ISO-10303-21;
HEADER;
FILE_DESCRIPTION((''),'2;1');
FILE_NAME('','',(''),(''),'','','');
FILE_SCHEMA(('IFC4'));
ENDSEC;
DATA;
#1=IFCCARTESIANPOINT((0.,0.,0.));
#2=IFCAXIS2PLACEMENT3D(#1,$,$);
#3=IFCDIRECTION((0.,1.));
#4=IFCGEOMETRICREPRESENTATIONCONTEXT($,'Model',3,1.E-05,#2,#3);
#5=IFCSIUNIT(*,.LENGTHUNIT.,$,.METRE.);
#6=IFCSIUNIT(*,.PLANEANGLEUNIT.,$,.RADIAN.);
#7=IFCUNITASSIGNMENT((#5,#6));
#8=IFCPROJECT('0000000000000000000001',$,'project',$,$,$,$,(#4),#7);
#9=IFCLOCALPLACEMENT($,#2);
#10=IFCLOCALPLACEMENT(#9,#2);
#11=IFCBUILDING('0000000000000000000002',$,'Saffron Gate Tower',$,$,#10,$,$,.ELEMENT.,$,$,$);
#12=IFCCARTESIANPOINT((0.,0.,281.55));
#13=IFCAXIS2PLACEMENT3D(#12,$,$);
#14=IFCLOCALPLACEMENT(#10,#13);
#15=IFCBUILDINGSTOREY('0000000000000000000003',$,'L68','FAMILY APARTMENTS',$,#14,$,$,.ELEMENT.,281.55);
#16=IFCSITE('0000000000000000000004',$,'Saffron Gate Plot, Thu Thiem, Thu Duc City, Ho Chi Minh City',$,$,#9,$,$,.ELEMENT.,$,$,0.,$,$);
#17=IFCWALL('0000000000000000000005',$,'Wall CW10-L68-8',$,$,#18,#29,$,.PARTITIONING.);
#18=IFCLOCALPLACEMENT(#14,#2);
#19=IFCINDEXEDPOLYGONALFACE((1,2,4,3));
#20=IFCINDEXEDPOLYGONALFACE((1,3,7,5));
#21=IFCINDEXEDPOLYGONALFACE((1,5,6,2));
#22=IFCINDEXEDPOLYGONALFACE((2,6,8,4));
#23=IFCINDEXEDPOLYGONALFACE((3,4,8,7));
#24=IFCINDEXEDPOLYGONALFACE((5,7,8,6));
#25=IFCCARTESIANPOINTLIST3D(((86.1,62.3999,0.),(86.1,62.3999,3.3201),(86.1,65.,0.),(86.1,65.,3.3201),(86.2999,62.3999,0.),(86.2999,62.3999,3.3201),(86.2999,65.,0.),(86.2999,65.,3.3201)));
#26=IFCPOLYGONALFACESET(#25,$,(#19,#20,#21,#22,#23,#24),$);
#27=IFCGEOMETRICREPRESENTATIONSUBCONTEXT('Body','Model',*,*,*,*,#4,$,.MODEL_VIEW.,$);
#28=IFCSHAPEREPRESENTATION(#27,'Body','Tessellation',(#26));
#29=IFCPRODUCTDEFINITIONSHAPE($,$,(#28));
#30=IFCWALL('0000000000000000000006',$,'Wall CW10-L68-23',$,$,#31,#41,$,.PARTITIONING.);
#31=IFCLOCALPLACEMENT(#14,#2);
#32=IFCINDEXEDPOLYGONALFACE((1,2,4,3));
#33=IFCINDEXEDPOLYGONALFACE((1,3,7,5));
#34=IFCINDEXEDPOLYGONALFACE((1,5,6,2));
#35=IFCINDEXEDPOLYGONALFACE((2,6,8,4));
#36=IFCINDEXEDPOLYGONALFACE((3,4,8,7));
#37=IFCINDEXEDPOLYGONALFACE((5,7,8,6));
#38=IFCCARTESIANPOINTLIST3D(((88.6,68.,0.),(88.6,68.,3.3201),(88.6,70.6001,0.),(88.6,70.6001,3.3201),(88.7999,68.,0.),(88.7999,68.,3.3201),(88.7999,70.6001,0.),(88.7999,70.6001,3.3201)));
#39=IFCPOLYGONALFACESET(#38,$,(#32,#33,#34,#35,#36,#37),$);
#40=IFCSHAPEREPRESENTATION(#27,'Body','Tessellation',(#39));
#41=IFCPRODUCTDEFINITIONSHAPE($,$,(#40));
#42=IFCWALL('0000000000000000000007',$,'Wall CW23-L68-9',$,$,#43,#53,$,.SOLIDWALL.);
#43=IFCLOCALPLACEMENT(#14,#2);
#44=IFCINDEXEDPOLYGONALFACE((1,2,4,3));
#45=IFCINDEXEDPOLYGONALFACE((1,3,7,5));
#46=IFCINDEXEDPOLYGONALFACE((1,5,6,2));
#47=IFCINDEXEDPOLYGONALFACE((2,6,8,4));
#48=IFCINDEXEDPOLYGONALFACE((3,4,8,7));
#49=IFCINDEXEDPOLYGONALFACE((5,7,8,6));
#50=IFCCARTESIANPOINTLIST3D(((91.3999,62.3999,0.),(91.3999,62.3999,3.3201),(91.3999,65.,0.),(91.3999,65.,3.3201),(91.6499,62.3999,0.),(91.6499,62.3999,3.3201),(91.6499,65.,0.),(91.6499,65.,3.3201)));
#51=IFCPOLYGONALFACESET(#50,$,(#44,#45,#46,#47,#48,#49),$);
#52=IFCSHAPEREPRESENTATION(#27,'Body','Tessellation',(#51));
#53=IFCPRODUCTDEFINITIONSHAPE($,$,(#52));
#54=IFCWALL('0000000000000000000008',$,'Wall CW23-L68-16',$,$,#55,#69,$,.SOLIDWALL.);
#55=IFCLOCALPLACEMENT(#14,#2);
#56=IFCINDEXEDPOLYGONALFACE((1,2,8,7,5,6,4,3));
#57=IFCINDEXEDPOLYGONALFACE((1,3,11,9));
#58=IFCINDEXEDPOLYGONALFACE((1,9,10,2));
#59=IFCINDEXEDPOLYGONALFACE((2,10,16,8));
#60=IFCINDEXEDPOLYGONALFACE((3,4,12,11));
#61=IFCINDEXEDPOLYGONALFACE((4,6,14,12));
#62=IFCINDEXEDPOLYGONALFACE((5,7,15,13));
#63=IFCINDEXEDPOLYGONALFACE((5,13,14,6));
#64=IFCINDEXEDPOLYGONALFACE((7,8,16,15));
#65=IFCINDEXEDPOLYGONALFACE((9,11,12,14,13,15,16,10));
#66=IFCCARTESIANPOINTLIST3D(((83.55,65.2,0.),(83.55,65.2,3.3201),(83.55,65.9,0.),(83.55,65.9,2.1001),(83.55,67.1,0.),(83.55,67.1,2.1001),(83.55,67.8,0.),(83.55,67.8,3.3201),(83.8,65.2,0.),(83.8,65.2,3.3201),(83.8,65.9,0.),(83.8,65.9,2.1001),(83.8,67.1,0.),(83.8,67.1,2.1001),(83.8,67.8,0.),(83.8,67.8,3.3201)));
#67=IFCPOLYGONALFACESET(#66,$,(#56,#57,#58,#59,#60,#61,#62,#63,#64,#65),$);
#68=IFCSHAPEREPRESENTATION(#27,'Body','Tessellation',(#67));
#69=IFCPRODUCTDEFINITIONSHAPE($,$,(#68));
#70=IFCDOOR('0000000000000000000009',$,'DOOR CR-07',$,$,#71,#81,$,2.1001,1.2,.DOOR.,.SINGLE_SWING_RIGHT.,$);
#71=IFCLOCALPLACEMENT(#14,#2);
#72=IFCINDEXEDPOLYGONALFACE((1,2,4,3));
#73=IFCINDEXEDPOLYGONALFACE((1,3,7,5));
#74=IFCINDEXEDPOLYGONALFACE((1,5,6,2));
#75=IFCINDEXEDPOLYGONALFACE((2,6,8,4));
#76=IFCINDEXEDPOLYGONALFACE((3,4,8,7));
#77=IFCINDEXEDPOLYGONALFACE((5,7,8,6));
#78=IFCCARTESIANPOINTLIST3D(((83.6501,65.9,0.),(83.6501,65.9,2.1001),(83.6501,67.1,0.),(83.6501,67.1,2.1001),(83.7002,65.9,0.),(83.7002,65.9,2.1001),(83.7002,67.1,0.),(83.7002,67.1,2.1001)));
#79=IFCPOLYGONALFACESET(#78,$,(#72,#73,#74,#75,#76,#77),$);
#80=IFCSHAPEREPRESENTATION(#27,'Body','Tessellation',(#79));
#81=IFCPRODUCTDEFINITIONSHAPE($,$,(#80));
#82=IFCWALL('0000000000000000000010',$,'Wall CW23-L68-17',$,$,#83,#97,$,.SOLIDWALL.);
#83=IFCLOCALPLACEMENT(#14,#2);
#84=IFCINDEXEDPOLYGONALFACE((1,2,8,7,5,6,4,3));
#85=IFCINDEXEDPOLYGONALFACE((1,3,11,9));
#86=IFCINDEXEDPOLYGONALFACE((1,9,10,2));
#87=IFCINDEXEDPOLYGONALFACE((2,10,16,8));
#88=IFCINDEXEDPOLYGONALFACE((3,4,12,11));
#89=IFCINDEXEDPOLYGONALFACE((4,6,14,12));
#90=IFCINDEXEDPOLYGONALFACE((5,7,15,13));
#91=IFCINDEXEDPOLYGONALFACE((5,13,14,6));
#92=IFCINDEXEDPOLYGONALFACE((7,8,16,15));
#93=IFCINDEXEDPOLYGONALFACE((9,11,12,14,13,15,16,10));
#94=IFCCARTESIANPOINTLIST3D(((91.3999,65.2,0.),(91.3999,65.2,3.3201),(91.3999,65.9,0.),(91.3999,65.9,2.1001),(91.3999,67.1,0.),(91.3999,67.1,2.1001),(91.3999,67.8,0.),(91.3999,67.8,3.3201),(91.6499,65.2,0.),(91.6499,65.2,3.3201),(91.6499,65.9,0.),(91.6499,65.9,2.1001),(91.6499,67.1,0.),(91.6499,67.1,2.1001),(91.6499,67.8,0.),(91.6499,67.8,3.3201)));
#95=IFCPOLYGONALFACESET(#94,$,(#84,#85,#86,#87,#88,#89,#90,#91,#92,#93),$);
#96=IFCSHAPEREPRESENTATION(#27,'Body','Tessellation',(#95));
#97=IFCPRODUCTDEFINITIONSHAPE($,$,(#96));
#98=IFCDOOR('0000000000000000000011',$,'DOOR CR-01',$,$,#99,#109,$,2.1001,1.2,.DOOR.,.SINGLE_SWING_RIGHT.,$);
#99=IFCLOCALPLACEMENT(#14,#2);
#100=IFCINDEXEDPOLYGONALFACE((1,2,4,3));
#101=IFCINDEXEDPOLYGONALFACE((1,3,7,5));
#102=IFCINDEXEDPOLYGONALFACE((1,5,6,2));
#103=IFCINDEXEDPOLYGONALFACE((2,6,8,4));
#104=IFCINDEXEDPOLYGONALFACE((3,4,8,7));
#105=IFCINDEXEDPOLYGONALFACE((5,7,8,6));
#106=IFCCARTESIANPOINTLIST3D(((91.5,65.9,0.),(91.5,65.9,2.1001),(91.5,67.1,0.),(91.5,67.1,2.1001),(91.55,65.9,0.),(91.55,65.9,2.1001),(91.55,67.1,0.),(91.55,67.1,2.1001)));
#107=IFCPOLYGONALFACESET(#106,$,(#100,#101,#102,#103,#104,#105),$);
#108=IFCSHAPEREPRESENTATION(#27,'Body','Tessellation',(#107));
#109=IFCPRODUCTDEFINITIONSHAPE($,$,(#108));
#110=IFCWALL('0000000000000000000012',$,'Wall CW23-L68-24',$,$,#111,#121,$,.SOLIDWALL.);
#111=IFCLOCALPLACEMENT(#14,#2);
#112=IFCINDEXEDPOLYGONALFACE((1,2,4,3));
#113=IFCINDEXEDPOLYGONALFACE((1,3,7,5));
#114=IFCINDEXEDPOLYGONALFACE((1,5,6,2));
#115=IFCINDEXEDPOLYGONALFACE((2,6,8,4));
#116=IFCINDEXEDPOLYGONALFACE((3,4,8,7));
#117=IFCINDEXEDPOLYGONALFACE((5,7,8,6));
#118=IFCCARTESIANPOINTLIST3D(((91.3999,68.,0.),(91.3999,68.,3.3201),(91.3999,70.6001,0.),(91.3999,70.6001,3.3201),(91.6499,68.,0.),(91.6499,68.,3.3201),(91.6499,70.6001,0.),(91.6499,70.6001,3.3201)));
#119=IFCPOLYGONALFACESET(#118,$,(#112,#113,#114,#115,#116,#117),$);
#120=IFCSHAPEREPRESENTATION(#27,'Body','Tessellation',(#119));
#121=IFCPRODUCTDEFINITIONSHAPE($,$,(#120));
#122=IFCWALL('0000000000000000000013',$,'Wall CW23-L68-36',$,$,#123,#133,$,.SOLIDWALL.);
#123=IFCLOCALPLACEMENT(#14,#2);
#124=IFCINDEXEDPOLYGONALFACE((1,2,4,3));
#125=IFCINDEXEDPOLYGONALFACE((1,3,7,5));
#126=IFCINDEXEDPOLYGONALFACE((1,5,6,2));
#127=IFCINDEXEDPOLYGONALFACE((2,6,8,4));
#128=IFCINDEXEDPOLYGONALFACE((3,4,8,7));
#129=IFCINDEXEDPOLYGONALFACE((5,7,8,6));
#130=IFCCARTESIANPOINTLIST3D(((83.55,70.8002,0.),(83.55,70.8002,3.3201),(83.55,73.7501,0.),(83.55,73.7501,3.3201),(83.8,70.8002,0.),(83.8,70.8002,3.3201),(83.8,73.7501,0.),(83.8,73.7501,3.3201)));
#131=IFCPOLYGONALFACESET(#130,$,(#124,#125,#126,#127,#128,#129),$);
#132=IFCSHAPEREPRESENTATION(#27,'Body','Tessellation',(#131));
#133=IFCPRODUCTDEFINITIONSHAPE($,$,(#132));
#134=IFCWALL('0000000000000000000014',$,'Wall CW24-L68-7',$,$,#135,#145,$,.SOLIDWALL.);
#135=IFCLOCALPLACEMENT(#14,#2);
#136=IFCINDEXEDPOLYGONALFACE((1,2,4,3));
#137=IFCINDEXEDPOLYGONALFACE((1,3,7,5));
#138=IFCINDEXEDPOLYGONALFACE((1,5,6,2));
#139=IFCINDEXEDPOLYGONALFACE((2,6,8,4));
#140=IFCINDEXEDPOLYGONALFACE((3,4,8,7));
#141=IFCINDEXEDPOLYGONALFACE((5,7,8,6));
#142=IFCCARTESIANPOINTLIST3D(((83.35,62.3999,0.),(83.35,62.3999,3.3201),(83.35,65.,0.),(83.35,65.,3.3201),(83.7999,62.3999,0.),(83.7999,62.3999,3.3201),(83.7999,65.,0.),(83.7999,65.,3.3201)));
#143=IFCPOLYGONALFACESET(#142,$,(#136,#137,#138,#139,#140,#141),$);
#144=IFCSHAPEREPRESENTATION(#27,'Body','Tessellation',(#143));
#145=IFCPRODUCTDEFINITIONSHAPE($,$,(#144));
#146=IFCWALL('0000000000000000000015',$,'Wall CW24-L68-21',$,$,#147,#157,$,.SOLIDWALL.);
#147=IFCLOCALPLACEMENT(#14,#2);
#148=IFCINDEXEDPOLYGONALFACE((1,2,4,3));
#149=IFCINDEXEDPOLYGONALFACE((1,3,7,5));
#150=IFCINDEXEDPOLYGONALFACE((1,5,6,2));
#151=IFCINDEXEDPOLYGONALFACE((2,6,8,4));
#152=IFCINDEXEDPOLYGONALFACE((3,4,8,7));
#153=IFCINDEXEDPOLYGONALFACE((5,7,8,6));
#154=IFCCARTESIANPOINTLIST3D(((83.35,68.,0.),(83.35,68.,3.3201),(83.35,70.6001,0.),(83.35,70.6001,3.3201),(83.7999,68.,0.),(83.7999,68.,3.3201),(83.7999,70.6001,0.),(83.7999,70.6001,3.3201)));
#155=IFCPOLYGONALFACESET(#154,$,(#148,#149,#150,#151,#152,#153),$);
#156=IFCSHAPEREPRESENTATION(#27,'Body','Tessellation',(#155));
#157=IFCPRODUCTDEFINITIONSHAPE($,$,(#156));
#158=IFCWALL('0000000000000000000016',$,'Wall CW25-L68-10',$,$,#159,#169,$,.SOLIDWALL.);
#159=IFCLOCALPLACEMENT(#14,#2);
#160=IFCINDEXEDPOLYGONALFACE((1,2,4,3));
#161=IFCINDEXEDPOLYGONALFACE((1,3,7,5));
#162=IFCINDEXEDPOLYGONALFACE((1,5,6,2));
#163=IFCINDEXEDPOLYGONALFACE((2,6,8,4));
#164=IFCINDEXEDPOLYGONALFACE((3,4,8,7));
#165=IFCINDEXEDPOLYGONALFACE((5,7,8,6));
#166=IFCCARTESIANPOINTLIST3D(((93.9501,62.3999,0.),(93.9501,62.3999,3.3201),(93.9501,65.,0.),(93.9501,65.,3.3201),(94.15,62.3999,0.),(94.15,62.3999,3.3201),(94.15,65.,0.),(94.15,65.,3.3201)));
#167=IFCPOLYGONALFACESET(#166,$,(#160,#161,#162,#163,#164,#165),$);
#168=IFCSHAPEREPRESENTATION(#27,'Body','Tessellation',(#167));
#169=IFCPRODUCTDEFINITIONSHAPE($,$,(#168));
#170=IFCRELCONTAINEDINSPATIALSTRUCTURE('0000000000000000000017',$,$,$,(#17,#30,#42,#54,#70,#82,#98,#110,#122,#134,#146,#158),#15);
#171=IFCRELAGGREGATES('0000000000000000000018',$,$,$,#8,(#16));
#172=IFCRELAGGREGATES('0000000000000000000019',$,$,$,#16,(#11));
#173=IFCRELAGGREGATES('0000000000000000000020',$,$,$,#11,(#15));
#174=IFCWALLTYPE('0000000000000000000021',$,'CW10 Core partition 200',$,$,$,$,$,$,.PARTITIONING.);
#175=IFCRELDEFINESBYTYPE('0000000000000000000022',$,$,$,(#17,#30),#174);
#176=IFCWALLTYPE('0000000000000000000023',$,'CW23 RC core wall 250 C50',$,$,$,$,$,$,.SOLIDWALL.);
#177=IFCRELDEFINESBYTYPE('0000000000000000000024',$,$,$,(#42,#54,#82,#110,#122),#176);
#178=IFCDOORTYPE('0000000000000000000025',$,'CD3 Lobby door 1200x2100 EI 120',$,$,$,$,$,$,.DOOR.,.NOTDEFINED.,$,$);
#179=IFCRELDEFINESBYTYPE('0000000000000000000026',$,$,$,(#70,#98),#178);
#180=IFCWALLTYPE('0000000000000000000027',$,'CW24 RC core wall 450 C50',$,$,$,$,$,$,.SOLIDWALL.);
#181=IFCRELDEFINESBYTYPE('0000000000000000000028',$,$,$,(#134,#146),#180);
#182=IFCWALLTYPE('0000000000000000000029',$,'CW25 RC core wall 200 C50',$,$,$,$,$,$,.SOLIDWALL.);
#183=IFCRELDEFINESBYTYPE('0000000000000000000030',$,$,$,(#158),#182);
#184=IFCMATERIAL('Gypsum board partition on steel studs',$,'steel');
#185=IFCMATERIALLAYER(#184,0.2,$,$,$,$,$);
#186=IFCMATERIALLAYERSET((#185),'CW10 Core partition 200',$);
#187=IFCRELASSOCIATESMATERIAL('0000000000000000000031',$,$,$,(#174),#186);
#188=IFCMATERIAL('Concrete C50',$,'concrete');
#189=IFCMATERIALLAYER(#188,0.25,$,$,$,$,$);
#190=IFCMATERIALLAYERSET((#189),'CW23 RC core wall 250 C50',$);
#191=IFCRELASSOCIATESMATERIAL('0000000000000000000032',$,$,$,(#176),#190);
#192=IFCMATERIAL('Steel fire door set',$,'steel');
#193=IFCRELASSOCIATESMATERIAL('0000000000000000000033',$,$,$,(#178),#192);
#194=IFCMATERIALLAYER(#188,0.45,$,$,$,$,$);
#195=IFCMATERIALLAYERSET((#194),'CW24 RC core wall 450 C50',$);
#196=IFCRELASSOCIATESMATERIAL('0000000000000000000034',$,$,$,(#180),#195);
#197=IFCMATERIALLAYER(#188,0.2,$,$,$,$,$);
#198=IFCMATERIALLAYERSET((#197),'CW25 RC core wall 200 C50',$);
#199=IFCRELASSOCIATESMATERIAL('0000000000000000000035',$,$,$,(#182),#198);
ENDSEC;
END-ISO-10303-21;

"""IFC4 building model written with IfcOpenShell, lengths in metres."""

from ifc_helpers import new_model, si_unit, direction, frame, frame_2d, origin, place, context, subcontext, project, spatial, rectangle, extrude, material, layer, layer_set, type_object, element, fill, save


model = new_model("IFC4")

# Units and contexts
model_context = context("Model", 3, precision=1e-05, world=origin(), true_north=direction((0.0, 1.0)))
body_context = subcontext(model_context, "Body", "Model", "MODEL_VIEW")
ifc_project = project(units=[si_unit("LENGTHUNIT", "METRE"), si_unit("PLANEANGLEUNIT", "RADIAN")], contexts=[model_context])

# Site, building, storey
site_placement = place(None, origin())
site = spatial("IfcSite", under=ifc_project, at=site_placement, Name="Saffron Gate Plot, Thu Thiem, Thu Duc City, Ho Chi Minh City", CompositionType="ELEMENT", RefElevation=0.0)
building_placement = place(site_placement, origin())
building = spatial("IfcBuilding", under=site, at=building_placement, Name="Saffron Gate Tower", CompositionType="ELEMENT")
storey_placement = place(building_placement, frame((0.0, 0.0, 281.55)))
storey = spatial("IfcBuildingStorey", under=building, at=storey_placement, Name="L68", Description="FAMILY APARTMENTS", CompositionType="ELEMENT", Elevation=281.55)

# Walls
ifc_material_1 = material(Name="Gypsum board partition on steel studs", Category="steel")
ifc_layer_1 = layer(ifc_material_1, 0.2)
ifc_layer_set_1 = layer_set([ifc_layer_1], Name="CW10 Core partition 200")
wall_type_1 = type_object("IfcWallType", Name="CW10 Core partition 200", PredefinedType="PARTITIONING", material=ifc_layer_set_1)
for number, where, z_axis, x_axis, name in (
    (1, (86.2, 62.3999, 0.0), (0.0, 0.0, 1.0), (0.0, 1.0, 0.0), "Wall CW10-L68-8"),
    (2, (88.7, 68.0, 0.0), (0.0, 0.0, 1.0), (0.0, 1.0, 0.0), "Wall CW10-L68-23"),
):
    element("IfcWall", number, at=place(storey_placement, frame(where, z_axis=z_axis, x_axis=x_axis)), inside=storey, type_object=wall_type_1, Name=name, PredefinedType="PARTITIONING", context=body_context, shape_type="SweptSolid", body=[
        extrude(rectangle(XDim=2.6001, YDim=0.2, at=frame_2d((1.3, 0.0))), origin(), (0.0, 0.0, 1.0), 3.3201),
    ])
ifc_material_2 = material(Name="Concrete C50", Category="concrete")
ifc_layer_2 = layer(ifc_material_2, 0.25)
ifc_layer_set_2 = layer_set([ifc_layer_2], Name="CW23 RC core wall 250 C50")
wall_type_2 = type_object("IfcWallType", Name="CW23 RC core wall 250 C50", PredefinedType="SOLIDWALL", material=ifc_layer_set_2)
wall_1_placement = place(storey_placement, frame((91.5249, 62.3999, 0.0), z_axis=(0.0, 0.0, 1.0), x_axis=(0.0, 1.0, 0.0)))
element("IfcWall", 3, at=wall_1_placement, inside=storey, type_object=wall_type_2, Name="Wall CW23-L68-9", PredefinedType="SOLIDWALL", context=body_context, shape_type="SweptSolid", body=[
    extrude(rectangle(XDim=2.6001, YDim=0.25, at=frame_2d((1.3, 0.0))), origin(), (0.0, 0.0, 1.0), 3.3201),
])

# Walls, openings, doors
wall_2_placement = place(storey_placement, frame((83.675, 65.2, 0.0), z_axis=(0.0, 0.0, 1.0), x_axis=(0.0, 1.0, 0.0)))
wall_2 = element("IfcWall", 4, at=wall_2_placement, inside=storey, type_object=wall_type_2, Name="Wall CW23-L68-16", PredefinedType="SOLIDWALL", context=body_context, shape_type="SweptSolid", body=[
    extrude(rectangle(XDim=2.6001, YDim=0.25, at=frame_2d((1.3, 0.0))), origin(), (0.0, 0.0, 1.0), 3.3201),
])
opening_1_placement = place(wall_2_placement, frame((0.7, 0.0, 0.0)))
opening_1 = element("IfcOpeningElement", 5, at=opening_1_placement, cuts=wall_2, PredefinedType="OPENING", context=body_context, shape_type="SweptSolid", body=[
    extrude(rectangle(XDim=1.2, YDim=2.1001, at=frame_2d((0.6001, 1.05))), frame((0.0, 0.135, 0.0), z_axis=(0.0, -1.0, 0.0), x_axis=(1.0, 0.0, 0.0)), (0.0, 0.0, 1.0), 0.27),
])
ifc_material_3 = material(Name="Steel fire door set", Category="steel")
door_type_1 = type_object("IfcDoorType", Name="CD3 Lobby door 1200x2100 EI 120", OperationType="NOTDEFINED", PredefinedType="DOOR", material=ifc_material_3)
door_1_placement = place(opening_1_placement, origin())
door_1 = element("IfcDoor", 6, at=door_1_placement, inside=storey, type_object=door_type_1, Name="DOOR CR-07", OperationType="SINGLE_SWING_RIGHT", OverallHeight=2.1001, OverallWidth=1.2, PredefinedType="DOOR", context=body_context, shape_type="SweptSolid", body=[
    extrude(rectangle(XDim=1.2, YDim=2.1001, at=frame_2d((0.6001, 1.05))), frame((0.0, 0.0249, 0.0), z_axis=(0.0, -1.0, 0.0), x_axis=(1.0, 0.0, 0.0)), (0.0, 0.0, 1.0), 0.05),
])
fill(opening_1, door_1)
wall_3_placement = place(storey_placement, frame((91.5249, 65.2, 0.0), z_axis=(0.0, 0.0, 1.0), x_axis=(0.0, 1.0, 0.0)))
wall_3 = element("IfcWall", 7, at=wall_3_placement, inside=storey, type_object=wall_type_2, Name="Wall CW23-L68-17", PredefinedType="SOLIDWALL", context=body_context, shape_type="SweptSolid", body=[
    extrude(rectangle(XDim=2.6001, YDim=0.25, at=frame_2d((1.3, 0.0))), origin(), (0.0, 0.0, 1.0), 3.3201),
])
opening_2_placement = place(wall_3_placement, frame((0.7, 0.0, 0.0)))
opening_2 = element("IfcOpeningElement", 8, at=opening_2_placement, cuts=wall_3, PredefinedType="OPENING", context=body_context, shape_type="SweptSolid", body=[
    extrude(rectangle(XDim=1.2, YDim=2.1001, at=frame_2d((0.6001, 1.05))), frame((0.0, 0.135, 0.0), z_axis=(0.0, -1.0, 0.0), x_axis=(1.0, 0.0, 0.0)), (0.0, 0.0, 1.0), 0.27),
])
door_2_placement = place(opening_2_placement, origin())
door_2 = element("IfcDoor", 9, at=door_2_placement, inside=storey, type_object=door_type_1, Name="DOOR CR-01", OperationType="SINGLE_SWING_RIGHT", OverallHeight=2.1001, OverallWidth=1.2, PredefinedType="DOOR", context=body_context, shape_type="SweptSolid", body=[
    extrude(rectangle(XDim=1.2, YDim=2.1001, at=frame_2d((0.6001, 1.05))), frame((0.0, 0.0249, 0.0), z_axis=(0.0, -1.0, 0.0), x_axis=(1.0, 0.0, 0.0)), (0.0, 0.0, 1.0), 0.05),
])
fill(opening_2, door_2)

# Walls
wall_4_placement = place(storey_placement, frame((91.5249, 68.0, 0.0), z_axis=(0.0, 0.0, 1.0), x_axis=(0.0, 1.0, 0.0)))
element("IfcWall", 10, at=wall_4_placement, inside=storey, type_object=wall_type_2, Name="Wall CW23-L68-24", PredefinedType="SOLIDWALL", context=body_context, shape_type="SweptSolid", body=[
    extrude(rectangle(XDim=2.6001, YDim=0.25, at=frame_2d((1.3, 0.0))), origin(), (0.0, 0.0, 1.0), 3.3201),
])
wall_5_placement = place(storey_placement, frame((83.675, 70.8, 0.0), z_axis=(0.0, 0.0, 1.0), x_axis=(0.0, 1.0, 0.0)))
element("IfcWall", 11, at=wall_5_placement, inside=storey, type_object=wall_type_2, Name="Wall CW23-L68-36", PredefinedType="SOLIDWALL", context=body_context, shape_type="SweptSolid", body=[
    extrude(rectangle(XDim=2.95, YDim=0.25, at=frame_2d((1.4751, 0.0))), origin(), (0.0, 0.0, 1.0), 3.3201),
])
ifc_layer_3 = layer(ifc_material_2, 0.45)
ifc_layer_set_3 = layer_set([ifc_layer_3], Name="CW24 RC core wall 450 C50")
wall_type_3 = type_object("IfcWallType", Name="CW24 RC core wall 450 C50", PredefinedType="SOLIDWALL", material=ifc_layer_set_3)
for number, where, z_axis, x_axis, name in (
    (12, (83.575, 62.3999, 0.0), (0.0, 0.0, 1.0), (0.0, 1.0, 0.0), "Wall CW24-L68-7"),
    (13, (83.575, 68.0, 0.0), (0.0, 0.0, 1.0), (0.0, 1.0, 0.0), "Wall CW24-L68-21"),
):
    element("IfcWall", number, at=place(storey_placement, frame(where, z_axis=z_axis, x_axis=x_axis)), inside=storey, type_object=wall_type_3, Name=name, PredefinedType="SOLIDWALL", context=body_context, shape_type="SweptSolid", body=[
        extrude(rectangle(XDim=2.6001, YDim=0.45, at=frame_2d((1.3, 0.0))), origin(), (0.0, 0.0, 1.0), 3.3201),
    ])
ifc_layer_4 = layer(ifc_material_2, 0.2)
ifc_layer_set_4 = layer_set([ifc_layer_4], Name="CW25 RC core wall 200 C50")
wall_type_4 = type_object("IfcWallType", Name="CW25 RC core wall 200 C50", PredefinedType="SOLIDWALL", material=ifc_layer_set_4)
wall_6_placement = place(storey_placement, frame((94.05, 62.3999, 0.0), z_axis=(0.0, 0.0, 1.0), x_axis=(0.0, 1.0, 0.0)))
element("IfcWall", 14, at=wall_6_placement, inside=storey, type_object=wall_type_4, Name="Wall CW25-L68-10", PredefinedType="SOLIDWALL", context=body_context, shape_type="SweptSolid", body=[
    extrude(rectangle(XDim=2.6001, YDim=0.2, at=frame_2d((1.3, 0.0))), origin(), (0.0, 0.0, 1.0), 3.3201),
])

save(model, "model.ifc")
